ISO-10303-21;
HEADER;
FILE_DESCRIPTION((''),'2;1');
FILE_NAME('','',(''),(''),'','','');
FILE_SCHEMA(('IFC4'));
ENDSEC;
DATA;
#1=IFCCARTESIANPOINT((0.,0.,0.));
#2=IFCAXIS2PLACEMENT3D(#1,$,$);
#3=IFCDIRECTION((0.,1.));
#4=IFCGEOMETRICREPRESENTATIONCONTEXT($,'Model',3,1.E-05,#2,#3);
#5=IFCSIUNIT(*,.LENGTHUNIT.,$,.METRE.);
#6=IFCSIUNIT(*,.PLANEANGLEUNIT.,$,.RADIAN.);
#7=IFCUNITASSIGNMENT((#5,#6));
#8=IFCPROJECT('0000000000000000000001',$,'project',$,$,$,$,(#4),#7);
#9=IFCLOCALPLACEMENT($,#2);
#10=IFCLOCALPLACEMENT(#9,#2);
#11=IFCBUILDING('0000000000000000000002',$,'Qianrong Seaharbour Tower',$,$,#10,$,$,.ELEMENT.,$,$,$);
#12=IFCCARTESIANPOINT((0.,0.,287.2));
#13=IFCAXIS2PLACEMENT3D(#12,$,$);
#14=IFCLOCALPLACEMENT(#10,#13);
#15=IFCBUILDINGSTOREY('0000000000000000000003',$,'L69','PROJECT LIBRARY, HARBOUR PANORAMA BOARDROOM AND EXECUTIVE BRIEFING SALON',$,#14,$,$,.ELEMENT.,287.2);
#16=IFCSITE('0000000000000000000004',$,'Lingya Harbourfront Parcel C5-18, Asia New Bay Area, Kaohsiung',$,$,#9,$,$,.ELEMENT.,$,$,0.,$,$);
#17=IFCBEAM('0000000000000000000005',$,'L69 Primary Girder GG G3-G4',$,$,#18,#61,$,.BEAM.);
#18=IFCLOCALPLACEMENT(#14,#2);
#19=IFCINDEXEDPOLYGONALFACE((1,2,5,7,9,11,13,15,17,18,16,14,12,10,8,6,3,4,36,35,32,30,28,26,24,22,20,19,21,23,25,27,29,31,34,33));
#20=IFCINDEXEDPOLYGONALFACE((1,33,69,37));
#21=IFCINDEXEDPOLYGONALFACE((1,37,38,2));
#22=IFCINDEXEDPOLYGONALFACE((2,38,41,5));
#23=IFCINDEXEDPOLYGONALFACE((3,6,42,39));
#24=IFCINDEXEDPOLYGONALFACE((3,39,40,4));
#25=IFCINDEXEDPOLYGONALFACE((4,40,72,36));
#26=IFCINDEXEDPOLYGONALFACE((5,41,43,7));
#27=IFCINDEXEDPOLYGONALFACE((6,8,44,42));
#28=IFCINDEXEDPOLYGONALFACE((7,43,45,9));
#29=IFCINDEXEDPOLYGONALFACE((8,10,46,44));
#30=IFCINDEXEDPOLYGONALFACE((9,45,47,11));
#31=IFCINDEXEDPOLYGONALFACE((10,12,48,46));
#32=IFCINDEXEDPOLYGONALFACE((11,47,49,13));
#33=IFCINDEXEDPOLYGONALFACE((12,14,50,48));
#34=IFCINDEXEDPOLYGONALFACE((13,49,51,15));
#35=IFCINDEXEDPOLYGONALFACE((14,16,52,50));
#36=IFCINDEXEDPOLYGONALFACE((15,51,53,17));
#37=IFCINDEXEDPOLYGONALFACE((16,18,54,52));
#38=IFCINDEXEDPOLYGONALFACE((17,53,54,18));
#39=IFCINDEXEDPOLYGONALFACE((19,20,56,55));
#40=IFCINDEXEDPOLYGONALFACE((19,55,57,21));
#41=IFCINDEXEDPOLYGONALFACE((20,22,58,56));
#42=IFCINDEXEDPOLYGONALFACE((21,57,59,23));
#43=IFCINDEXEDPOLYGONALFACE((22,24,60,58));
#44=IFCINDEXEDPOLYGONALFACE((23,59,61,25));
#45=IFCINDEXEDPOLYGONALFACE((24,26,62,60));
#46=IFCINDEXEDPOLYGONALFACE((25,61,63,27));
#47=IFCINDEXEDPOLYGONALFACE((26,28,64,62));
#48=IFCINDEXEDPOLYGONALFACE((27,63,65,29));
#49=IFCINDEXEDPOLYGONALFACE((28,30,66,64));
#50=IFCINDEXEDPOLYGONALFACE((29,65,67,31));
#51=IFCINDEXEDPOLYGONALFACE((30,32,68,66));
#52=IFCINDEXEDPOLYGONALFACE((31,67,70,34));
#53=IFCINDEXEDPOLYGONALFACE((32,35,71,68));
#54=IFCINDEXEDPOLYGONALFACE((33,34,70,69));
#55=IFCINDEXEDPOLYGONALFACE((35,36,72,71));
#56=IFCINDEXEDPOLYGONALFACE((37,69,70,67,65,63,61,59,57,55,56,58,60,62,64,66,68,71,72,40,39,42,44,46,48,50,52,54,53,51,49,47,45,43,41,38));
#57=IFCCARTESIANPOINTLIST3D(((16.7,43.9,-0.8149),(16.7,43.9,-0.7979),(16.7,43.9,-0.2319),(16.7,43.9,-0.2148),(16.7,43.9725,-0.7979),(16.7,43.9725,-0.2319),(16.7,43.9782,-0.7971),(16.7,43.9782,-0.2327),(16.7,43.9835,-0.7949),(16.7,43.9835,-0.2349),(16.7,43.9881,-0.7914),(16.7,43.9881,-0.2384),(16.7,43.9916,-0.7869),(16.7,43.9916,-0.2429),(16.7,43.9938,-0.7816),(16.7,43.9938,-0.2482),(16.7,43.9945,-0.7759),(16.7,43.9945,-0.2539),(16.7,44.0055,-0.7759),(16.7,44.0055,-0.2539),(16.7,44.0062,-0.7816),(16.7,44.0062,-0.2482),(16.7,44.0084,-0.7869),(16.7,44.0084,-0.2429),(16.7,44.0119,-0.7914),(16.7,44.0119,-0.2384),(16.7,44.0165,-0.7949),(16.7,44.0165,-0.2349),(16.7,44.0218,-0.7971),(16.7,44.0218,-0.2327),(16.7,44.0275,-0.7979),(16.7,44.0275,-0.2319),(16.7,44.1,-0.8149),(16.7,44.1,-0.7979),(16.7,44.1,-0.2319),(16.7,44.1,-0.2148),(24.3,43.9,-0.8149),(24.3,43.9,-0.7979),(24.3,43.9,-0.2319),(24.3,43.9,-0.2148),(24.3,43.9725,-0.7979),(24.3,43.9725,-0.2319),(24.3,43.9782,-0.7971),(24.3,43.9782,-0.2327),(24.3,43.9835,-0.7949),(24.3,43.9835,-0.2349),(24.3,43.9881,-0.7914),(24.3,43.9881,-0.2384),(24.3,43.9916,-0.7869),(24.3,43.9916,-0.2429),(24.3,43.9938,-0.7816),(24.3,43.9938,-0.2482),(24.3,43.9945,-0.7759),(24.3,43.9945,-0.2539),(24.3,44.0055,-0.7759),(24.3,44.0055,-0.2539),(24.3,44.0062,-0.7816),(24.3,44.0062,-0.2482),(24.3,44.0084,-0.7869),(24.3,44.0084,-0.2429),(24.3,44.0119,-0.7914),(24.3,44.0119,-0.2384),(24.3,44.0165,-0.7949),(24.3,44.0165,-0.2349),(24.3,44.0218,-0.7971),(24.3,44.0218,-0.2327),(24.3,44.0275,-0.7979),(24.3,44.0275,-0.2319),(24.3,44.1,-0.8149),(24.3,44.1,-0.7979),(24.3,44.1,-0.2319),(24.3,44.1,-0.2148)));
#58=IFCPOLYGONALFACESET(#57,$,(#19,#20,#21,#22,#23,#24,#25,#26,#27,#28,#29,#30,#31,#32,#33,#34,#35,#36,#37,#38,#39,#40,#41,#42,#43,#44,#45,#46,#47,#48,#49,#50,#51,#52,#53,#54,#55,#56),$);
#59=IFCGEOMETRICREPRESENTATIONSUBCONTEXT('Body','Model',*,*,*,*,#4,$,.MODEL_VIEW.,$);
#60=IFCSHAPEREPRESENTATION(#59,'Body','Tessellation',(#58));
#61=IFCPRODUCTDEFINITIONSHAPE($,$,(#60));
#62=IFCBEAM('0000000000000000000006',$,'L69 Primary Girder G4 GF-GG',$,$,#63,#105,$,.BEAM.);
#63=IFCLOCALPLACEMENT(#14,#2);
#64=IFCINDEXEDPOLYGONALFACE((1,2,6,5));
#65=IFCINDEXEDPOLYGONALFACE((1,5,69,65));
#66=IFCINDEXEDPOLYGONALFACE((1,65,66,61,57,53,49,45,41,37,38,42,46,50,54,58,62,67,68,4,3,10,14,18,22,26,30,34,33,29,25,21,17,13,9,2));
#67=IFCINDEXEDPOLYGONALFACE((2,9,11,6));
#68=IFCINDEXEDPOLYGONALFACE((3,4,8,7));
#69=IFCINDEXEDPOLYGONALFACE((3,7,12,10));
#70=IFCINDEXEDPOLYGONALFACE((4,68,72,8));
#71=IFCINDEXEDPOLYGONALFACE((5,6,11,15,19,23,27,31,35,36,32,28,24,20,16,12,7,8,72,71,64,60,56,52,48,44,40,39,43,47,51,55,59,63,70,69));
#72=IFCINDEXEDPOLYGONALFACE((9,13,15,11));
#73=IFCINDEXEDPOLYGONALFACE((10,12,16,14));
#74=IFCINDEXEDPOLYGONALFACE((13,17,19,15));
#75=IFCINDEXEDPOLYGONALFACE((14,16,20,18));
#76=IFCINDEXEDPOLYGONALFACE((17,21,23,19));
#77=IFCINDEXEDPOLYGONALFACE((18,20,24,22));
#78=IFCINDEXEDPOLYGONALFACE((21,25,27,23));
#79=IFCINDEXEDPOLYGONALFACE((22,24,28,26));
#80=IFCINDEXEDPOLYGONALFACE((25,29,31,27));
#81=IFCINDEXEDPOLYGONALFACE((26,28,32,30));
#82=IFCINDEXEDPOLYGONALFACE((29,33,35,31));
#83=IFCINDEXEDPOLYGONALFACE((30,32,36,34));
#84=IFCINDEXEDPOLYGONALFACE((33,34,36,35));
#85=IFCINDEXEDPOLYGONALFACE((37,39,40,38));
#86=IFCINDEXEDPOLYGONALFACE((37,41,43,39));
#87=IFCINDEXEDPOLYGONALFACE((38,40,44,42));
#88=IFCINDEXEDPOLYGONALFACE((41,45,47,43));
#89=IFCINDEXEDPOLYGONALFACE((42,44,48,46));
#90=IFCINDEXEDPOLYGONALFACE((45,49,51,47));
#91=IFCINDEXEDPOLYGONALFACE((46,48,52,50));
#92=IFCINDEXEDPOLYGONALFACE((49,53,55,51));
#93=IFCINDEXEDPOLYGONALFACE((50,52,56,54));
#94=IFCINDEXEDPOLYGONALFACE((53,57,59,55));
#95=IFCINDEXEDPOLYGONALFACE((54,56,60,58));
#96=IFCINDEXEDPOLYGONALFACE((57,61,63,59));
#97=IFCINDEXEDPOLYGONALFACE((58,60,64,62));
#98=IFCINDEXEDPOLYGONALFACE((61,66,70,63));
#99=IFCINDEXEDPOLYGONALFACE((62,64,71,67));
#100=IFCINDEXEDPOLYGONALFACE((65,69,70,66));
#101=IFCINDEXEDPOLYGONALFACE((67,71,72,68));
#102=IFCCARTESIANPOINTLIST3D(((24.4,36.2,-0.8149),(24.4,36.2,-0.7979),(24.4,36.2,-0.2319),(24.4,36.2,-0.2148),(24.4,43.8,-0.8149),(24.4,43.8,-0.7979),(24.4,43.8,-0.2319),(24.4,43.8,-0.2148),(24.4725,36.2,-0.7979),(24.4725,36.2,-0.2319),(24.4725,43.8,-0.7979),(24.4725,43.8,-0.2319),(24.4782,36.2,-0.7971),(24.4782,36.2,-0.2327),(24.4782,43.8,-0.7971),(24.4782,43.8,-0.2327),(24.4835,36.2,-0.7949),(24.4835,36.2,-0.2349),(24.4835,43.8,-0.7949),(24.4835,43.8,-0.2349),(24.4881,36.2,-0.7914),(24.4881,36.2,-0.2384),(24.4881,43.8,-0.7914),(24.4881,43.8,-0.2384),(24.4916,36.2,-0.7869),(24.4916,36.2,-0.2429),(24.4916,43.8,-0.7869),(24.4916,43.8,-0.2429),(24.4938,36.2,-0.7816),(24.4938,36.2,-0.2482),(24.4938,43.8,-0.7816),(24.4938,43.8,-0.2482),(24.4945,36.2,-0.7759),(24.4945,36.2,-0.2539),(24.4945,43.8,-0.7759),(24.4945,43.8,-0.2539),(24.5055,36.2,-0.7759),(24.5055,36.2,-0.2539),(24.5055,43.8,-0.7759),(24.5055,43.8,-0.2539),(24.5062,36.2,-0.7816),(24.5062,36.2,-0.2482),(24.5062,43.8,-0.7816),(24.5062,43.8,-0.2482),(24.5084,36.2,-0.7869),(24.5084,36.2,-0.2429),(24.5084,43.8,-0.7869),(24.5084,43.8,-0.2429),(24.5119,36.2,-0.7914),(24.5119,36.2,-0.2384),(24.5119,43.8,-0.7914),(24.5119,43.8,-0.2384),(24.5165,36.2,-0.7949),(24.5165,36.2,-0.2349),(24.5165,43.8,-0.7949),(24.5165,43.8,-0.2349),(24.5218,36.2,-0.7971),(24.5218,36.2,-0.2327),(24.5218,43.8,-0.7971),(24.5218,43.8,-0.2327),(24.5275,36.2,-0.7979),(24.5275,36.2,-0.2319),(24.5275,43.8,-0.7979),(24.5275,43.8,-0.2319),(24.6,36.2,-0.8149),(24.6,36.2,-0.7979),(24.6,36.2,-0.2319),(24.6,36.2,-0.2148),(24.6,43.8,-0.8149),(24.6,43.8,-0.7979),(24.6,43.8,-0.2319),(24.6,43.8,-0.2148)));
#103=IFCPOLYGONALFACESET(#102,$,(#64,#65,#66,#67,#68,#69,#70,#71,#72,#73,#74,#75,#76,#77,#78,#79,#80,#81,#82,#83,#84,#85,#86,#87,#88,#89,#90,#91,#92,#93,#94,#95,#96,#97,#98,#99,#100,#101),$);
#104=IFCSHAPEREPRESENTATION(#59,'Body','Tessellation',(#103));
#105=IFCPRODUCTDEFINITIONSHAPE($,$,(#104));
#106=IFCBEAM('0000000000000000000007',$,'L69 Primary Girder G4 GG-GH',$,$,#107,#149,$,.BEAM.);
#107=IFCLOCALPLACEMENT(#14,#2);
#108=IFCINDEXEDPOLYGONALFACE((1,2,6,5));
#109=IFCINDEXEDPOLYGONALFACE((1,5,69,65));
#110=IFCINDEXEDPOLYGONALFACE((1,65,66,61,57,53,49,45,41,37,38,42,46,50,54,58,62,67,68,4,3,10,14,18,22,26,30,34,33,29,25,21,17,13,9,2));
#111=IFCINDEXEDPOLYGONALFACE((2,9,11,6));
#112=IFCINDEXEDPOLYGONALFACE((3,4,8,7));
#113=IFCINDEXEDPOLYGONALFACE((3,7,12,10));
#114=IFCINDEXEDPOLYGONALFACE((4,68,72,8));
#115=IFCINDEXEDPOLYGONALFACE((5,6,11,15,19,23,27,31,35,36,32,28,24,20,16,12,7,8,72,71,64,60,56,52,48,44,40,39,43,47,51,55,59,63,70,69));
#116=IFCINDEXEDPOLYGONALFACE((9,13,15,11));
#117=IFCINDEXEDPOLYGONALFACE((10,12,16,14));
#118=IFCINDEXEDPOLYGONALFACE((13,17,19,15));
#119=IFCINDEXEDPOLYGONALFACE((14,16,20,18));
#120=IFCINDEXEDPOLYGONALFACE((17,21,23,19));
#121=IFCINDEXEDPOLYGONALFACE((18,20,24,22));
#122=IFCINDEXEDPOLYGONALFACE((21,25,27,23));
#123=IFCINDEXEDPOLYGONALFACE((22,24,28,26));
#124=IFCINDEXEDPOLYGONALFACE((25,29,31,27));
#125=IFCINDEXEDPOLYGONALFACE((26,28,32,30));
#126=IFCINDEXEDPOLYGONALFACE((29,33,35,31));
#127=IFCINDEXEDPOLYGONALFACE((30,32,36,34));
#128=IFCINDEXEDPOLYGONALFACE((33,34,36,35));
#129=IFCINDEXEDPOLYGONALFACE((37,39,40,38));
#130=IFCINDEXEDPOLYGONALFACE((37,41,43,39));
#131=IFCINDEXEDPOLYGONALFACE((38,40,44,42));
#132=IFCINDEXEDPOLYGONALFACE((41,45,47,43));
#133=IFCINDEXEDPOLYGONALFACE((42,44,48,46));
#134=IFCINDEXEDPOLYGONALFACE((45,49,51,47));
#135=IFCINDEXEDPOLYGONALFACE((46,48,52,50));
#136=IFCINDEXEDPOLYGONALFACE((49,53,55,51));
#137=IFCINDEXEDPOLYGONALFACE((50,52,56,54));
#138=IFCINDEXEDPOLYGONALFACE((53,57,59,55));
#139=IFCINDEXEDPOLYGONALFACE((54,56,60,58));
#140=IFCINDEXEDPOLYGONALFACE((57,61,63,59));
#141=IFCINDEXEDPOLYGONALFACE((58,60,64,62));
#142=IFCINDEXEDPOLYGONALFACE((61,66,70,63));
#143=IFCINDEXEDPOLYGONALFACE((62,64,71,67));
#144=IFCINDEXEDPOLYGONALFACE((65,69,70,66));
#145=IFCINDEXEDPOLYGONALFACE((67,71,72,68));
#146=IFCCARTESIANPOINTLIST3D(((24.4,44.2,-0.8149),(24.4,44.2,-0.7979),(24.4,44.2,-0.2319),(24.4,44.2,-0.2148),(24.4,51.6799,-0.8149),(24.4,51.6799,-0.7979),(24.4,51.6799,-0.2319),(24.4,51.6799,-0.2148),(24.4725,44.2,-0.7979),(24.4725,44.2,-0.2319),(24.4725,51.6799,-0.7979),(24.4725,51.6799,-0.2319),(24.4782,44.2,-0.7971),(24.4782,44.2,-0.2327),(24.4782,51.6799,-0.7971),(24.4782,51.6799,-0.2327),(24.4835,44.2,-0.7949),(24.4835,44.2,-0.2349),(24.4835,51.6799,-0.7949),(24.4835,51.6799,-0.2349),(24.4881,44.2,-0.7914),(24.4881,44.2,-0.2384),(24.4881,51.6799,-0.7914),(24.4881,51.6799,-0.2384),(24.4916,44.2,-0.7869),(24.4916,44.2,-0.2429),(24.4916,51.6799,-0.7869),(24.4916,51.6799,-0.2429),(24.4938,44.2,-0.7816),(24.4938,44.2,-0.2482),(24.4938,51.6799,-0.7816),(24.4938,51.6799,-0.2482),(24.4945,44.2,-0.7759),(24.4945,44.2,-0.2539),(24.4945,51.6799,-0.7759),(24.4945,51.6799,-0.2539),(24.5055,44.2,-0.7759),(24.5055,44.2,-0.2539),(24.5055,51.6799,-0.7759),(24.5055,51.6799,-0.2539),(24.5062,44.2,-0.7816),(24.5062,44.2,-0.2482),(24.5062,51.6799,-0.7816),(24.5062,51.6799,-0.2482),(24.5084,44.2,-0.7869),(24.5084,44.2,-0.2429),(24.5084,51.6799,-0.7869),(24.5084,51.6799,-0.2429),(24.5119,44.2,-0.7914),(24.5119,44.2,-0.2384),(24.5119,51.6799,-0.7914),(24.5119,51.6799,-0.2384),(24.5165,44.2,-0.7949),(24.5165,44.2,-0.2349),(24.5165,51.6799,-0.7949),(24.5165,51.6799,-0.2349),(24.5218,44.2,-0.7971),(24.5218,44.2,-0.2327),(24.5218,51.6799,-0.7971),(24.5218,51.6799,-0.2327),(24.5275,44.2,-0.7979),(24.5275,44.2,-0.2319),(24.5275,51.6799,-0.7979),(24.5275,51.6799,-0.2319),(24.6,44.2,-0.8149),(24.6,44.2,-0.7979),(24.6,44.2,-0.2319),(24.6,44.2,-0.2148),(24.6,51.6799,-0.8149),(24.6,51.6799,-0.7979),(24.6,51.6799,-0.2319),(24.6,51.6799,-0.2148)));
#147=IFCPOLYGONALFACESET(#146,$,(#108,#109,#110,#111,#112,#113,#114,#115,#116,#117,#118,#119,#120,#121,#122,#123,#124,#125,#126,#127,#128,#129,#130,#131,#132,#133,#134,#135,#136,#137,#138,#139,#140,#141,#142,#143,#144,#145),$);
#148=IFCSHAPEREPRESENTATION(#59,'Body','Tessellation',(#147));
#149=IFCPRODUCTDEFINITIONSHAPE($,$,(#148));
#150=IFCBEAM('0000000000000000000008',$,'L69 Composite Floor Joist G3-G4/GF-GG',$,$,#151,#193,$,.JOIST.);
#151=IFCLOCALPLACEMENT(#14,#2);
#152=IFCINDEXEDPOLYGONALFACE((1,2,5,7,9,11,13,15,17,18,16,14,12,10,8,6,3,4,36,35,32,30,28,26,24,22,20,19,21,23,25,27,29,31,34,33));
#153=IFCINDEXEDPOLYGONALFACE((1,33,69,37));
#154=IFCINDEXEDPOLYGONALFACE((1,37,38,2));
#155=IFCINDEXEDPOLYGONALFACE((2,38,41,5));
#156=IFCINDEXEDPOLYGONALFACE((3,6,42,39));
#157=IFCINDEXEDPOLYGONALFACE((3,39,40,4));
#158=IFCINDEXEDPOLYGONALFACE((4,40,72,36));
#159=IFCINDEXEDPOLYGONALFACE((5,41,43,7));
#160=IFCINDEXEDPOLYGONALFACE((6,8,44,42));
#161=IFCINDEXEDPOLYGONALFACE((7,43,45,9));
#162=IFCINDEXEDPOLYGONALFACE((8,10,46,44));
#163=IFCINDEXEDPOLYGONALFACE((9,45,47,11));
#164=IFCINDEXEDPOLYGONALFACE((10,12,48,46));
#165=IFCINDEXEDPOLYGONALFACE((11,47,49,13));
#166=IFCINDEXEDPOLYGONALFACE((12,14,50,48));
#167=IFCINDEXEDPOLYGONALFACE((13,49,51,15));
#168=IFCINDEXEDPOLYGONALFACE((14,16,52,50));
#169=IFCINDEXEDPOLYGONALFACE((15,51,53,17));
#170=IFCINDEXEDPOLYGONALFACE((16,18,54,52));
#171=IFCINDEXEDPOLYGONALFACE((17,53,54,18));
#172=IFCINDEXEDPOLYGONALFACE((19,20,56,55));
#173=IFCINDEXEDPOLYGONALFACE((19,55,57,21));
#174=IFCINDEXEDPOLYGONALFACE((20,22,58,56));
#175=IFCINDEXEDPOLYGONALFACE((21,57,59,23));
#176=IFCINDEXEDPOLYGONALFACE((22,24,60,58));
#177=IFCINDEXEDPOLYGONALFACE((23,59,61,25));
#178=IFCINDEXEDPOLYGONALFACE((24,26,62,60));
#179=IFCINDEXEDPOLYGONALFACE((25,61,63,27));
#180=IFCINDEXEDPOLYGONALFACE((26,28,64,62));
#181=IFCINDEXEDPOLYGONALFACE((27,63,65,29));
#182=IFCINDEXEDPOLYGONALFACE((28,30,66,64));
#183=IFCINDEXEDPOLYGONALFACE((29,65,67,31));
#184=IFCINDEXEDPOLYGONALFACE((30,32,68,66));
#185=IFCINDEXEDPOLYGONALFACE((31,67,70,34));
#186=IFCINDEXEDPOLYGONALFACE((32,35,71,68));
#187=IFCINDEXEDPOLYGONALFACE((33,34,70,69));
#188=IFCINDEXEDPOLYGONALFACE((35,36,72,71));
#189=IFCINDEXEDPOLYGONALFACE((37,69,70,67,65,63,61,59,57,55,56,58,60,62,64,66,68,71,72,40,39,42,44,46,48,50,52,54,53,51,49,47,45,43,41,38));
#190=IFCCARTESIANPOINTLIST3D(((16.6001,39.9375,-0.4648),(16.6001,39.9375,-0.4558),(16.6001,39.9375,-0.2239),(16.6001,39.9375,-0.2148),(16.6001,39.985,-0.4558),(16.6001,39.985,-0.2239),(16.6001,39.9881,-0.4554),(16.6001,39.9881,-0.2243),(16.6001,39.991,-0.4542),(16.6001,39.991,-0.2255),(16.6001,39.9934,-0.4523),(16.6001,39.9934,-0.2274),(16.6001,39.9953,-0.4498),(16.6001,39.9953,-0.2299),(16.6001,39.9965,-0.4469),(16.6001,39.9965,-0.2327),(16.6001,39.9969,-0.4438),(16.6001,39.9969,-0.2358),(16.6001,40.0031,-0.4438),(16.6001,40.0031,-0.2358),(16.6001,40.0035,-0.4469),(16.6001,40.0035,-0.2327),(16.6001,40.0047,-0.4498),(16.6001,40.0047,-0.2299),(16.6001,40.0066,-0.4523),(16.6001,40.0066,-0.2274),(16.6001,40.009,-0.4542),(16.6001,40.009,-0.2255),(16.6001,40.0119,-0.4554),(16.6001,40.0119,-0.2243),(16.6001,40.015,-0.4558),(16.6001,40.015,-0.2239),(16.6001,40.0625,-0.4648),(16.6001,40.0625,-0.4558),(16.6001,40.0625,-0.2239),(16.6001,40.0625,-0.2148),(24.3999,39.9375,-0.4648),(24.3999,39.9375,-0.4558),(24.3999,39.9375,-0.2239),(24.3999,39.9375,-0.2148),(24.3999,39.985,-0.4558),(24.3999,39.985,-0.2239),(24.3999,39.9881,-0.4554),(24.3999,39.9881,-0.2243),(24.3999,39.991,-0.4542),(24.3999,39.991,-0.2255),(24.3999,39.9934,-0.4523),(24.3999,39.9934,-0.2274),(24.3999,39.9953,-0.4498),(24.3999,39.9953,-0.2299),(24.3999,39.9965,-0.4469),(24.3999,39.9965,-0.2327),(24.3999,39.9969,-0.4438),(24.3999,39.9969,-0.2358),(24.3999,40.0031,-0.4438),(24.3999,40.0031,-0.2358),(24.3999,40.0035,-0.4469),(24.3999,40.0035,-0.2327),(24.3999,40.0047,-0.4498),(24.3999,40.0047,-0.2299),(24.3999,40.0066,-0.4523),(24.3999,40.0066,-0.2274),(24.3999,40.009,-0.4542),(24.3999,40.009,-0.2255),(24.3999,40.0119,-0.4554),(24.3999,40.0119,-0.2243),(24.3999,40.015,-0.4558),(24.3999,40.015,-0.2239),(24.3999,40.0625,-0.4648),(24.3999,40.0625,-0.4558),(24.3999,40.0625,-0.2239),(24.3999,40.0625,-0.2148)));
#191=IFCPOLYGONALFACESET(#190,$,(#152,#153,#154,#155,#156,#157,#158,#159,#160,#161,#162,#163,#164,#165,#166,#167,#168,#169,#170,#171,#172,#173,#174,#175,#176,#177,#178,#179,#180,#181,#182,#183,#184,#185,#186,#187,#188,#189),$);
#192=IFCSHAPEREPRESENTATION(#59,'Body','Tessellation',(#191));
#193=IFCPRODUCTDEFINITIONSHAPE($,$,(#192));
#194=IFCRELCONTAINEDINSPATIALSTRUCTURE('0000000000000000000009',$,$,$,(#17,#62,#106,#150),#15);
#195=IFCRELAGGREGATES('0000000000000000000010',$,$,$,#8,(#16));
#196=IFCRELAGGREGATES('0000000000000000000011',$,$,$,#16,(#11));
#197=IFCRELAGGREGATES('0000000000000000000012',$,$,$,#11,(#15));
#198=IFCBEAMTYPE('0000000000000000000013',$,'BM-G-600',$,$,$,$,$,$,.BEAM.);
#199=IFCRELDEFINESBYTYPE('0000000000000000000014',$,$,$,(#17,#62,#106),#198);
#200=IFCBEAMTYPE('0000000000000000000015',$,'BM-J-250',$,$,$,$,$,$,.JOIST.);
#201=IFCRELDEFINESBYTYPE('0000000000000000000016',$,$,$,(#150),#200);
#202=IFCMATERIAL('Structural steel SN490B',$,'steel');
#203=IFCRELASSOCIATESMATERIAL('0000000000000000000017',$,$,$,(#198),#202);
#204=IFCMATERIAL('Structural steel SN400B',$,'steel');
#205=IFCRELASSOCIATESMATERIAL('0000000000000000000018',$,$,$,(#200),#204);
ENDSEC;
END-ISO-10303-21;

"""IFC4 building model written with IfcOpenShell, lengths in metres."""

from ifc_helpers import new_model, si_unit, direction, frame, origin, origin_2d, place, context, subcontext, project, spatial, i_section, extrude, material, material_profile, profile_set, type_object, element, save


model = new_model("IFC4")

# Units and contexts
model_context = context("Model", 3, precision=1e-05, world=origin(), true_north=direction((0.0, 1.0)))
body_context = subcontext(model_context, "Body", "Model", "MODEL_VIEW")
ifc_project = project(units=[si_unit("LENGTHUNIT", "METRE"), si_unit("PLANEANGLEUNIT", "RADIAN")], contexts=[model_context])

# Site, building, storey
site_placement = place(None, origin())
site = spatial("IfcSite", under=ifc_project, at=site_placement, Name="Lingya Harbourfront Parcel C5-18, Asia New Bay Area, Kaohsiung", CompositionType="ELEMENT", RefElevation=0.0)
building_placement = place(site_placement, origin())
building = spatial("IfcBuilding", under=site, at=building_placement, Name="Qianrong Seaharbour Tower", CompositionType="ELEMENT")
storey_placement = place(building_placement, frame((0.0, 0.0, 287.2)))
storey = spatial("IfcBuildingStorey", under=building, at=storey_placement, Name="L69", Description="PROJECT LIBRARY, HARBOUR PANORAMA BOARDROOM AND EXECUTIVE BRIEFING SALON", CompositionType="ELEMENT", Elevation=287.2)

# Shared definitions
ifc_material_1 = material(Name="Structural steel SN400B", Category="steel")

# Beams
ifc_material_2 = material(Name="Structural steel SN490B", Category="steel")
ifc_material_profile_1 = material_profile(ifc_material_2, i_section(OverallWidth=0.2, OverallDepth=0.6001, WebThickness=0.011, FlangeThickness=0.0171, FilletRadius=0.022, at=origin_2d()), Name="H600x200x11x17")
ifc_profile_set_1 = profile_set([ifc_material_profile_1], Name="Structural steel SN490B")
beam_type_1 = type_object("IfcBeamType", Name="BM-G-600", PredefinedType="BEAM", material=ifc_profile_set_1)
for number, where, z_axis, x_axis, name in (
    (1, (16.7, 44.0, -0.5149), (1.0, 0.0, 0.0), (0.0, 1.0, 0.0), "L69 Primary Girder GG G3-G4"),
    (2, (24.5, 36.2, -0.5149), (0.0, 1.0, 0.0), (-1.0, 0.0, 0.0), "L69 Primary Girder G4 GF-GG"),
):
    element("IfcBeam", number, at=place(storey_placement, frame(where, z_axis=z_axis, x_axis=x_axis)), inside=storey, type_object=beam_type_1, Name=name, PredefinedType="BEAM", context=body_context, shape_type="SweptSolid", body=[
        extrude(i_section(OverallWidth=0.2, OverallDepth=0.6001, WebThickness=0.011, FlangeThickness=0.0171, FilletRadius=0.022, at=origin_2d()), origin(), (0.0, 0.0, 1.0), 7.6001),
    ])
beam_1_placement = place(storey_placement, frame((24.5, 44.2, -0.5149), z_axis=(0.0, 1.0, 0.0), x_axis=(-1.0, 0.0, 0.0)))
element("IfcBeam", 3, at=beam_1_placement, inside=storey, type_object=beam_type_1, Name="L69 Primary Girder G4 GG-GH", PredefinedType="BEAM", context=body_context, shape_type="SweptSolid", body=[
    extrude(i_section(OverallWidth=0.2, OverallDepth=0.6001, WebThickness=0.011, FlangeThickness=0.0171, FilletRadius=0.022, at=origin_2d()), origin(), (0.0, 0.0, 1.0), 7.48),
])
ifc_material_profile_2 = material_profile(ifc_material_1, i_section(OverallWidth=0.125, OverallDepth=0.25, WebThickness=0.0061, FlangeThickness=0.009, FilletRadius=0.012, at=origin_2d()), Name="H250x125x6x9")
ifc_profile_set_2 = profile_set([ifc_material_profile_2], Name="Structural steel SN400B")
beam_type_2 = type_object("IfcBeamType", Name="BM-J-250", PredefinedType="JOIST", material=ifc_profile_set_2)
for number, where, z_axis, x_axis, name in (
    (4, (16.6001, 40.0, -0.3398), (1.0, 0.0, 0.0), (0.0, 1.0, 0.0), "L69 Composite Floor Joist G3-G4/GF-GG"),
):
    element("IfcBeam", number, at=place(storey_placement, frame(where, z_axis=z_axis, x_axis=x_axis)), inside=storey, type_object=beam_type_2, Name=name, PredefinedType="JOIST", context=body_context, shape_type="SweptSolid", body=[
        extrude(i_section(OverallWidth=0.125, OverallDepth=0.25, WebThickness=0.0061, FlangeThickness=0.009, FilletRadius=0.012, at=origin_2d()), origin(), (0.0, 0.0, 1.0), 7.7998),
    ])

save(model, "model.ifc")
